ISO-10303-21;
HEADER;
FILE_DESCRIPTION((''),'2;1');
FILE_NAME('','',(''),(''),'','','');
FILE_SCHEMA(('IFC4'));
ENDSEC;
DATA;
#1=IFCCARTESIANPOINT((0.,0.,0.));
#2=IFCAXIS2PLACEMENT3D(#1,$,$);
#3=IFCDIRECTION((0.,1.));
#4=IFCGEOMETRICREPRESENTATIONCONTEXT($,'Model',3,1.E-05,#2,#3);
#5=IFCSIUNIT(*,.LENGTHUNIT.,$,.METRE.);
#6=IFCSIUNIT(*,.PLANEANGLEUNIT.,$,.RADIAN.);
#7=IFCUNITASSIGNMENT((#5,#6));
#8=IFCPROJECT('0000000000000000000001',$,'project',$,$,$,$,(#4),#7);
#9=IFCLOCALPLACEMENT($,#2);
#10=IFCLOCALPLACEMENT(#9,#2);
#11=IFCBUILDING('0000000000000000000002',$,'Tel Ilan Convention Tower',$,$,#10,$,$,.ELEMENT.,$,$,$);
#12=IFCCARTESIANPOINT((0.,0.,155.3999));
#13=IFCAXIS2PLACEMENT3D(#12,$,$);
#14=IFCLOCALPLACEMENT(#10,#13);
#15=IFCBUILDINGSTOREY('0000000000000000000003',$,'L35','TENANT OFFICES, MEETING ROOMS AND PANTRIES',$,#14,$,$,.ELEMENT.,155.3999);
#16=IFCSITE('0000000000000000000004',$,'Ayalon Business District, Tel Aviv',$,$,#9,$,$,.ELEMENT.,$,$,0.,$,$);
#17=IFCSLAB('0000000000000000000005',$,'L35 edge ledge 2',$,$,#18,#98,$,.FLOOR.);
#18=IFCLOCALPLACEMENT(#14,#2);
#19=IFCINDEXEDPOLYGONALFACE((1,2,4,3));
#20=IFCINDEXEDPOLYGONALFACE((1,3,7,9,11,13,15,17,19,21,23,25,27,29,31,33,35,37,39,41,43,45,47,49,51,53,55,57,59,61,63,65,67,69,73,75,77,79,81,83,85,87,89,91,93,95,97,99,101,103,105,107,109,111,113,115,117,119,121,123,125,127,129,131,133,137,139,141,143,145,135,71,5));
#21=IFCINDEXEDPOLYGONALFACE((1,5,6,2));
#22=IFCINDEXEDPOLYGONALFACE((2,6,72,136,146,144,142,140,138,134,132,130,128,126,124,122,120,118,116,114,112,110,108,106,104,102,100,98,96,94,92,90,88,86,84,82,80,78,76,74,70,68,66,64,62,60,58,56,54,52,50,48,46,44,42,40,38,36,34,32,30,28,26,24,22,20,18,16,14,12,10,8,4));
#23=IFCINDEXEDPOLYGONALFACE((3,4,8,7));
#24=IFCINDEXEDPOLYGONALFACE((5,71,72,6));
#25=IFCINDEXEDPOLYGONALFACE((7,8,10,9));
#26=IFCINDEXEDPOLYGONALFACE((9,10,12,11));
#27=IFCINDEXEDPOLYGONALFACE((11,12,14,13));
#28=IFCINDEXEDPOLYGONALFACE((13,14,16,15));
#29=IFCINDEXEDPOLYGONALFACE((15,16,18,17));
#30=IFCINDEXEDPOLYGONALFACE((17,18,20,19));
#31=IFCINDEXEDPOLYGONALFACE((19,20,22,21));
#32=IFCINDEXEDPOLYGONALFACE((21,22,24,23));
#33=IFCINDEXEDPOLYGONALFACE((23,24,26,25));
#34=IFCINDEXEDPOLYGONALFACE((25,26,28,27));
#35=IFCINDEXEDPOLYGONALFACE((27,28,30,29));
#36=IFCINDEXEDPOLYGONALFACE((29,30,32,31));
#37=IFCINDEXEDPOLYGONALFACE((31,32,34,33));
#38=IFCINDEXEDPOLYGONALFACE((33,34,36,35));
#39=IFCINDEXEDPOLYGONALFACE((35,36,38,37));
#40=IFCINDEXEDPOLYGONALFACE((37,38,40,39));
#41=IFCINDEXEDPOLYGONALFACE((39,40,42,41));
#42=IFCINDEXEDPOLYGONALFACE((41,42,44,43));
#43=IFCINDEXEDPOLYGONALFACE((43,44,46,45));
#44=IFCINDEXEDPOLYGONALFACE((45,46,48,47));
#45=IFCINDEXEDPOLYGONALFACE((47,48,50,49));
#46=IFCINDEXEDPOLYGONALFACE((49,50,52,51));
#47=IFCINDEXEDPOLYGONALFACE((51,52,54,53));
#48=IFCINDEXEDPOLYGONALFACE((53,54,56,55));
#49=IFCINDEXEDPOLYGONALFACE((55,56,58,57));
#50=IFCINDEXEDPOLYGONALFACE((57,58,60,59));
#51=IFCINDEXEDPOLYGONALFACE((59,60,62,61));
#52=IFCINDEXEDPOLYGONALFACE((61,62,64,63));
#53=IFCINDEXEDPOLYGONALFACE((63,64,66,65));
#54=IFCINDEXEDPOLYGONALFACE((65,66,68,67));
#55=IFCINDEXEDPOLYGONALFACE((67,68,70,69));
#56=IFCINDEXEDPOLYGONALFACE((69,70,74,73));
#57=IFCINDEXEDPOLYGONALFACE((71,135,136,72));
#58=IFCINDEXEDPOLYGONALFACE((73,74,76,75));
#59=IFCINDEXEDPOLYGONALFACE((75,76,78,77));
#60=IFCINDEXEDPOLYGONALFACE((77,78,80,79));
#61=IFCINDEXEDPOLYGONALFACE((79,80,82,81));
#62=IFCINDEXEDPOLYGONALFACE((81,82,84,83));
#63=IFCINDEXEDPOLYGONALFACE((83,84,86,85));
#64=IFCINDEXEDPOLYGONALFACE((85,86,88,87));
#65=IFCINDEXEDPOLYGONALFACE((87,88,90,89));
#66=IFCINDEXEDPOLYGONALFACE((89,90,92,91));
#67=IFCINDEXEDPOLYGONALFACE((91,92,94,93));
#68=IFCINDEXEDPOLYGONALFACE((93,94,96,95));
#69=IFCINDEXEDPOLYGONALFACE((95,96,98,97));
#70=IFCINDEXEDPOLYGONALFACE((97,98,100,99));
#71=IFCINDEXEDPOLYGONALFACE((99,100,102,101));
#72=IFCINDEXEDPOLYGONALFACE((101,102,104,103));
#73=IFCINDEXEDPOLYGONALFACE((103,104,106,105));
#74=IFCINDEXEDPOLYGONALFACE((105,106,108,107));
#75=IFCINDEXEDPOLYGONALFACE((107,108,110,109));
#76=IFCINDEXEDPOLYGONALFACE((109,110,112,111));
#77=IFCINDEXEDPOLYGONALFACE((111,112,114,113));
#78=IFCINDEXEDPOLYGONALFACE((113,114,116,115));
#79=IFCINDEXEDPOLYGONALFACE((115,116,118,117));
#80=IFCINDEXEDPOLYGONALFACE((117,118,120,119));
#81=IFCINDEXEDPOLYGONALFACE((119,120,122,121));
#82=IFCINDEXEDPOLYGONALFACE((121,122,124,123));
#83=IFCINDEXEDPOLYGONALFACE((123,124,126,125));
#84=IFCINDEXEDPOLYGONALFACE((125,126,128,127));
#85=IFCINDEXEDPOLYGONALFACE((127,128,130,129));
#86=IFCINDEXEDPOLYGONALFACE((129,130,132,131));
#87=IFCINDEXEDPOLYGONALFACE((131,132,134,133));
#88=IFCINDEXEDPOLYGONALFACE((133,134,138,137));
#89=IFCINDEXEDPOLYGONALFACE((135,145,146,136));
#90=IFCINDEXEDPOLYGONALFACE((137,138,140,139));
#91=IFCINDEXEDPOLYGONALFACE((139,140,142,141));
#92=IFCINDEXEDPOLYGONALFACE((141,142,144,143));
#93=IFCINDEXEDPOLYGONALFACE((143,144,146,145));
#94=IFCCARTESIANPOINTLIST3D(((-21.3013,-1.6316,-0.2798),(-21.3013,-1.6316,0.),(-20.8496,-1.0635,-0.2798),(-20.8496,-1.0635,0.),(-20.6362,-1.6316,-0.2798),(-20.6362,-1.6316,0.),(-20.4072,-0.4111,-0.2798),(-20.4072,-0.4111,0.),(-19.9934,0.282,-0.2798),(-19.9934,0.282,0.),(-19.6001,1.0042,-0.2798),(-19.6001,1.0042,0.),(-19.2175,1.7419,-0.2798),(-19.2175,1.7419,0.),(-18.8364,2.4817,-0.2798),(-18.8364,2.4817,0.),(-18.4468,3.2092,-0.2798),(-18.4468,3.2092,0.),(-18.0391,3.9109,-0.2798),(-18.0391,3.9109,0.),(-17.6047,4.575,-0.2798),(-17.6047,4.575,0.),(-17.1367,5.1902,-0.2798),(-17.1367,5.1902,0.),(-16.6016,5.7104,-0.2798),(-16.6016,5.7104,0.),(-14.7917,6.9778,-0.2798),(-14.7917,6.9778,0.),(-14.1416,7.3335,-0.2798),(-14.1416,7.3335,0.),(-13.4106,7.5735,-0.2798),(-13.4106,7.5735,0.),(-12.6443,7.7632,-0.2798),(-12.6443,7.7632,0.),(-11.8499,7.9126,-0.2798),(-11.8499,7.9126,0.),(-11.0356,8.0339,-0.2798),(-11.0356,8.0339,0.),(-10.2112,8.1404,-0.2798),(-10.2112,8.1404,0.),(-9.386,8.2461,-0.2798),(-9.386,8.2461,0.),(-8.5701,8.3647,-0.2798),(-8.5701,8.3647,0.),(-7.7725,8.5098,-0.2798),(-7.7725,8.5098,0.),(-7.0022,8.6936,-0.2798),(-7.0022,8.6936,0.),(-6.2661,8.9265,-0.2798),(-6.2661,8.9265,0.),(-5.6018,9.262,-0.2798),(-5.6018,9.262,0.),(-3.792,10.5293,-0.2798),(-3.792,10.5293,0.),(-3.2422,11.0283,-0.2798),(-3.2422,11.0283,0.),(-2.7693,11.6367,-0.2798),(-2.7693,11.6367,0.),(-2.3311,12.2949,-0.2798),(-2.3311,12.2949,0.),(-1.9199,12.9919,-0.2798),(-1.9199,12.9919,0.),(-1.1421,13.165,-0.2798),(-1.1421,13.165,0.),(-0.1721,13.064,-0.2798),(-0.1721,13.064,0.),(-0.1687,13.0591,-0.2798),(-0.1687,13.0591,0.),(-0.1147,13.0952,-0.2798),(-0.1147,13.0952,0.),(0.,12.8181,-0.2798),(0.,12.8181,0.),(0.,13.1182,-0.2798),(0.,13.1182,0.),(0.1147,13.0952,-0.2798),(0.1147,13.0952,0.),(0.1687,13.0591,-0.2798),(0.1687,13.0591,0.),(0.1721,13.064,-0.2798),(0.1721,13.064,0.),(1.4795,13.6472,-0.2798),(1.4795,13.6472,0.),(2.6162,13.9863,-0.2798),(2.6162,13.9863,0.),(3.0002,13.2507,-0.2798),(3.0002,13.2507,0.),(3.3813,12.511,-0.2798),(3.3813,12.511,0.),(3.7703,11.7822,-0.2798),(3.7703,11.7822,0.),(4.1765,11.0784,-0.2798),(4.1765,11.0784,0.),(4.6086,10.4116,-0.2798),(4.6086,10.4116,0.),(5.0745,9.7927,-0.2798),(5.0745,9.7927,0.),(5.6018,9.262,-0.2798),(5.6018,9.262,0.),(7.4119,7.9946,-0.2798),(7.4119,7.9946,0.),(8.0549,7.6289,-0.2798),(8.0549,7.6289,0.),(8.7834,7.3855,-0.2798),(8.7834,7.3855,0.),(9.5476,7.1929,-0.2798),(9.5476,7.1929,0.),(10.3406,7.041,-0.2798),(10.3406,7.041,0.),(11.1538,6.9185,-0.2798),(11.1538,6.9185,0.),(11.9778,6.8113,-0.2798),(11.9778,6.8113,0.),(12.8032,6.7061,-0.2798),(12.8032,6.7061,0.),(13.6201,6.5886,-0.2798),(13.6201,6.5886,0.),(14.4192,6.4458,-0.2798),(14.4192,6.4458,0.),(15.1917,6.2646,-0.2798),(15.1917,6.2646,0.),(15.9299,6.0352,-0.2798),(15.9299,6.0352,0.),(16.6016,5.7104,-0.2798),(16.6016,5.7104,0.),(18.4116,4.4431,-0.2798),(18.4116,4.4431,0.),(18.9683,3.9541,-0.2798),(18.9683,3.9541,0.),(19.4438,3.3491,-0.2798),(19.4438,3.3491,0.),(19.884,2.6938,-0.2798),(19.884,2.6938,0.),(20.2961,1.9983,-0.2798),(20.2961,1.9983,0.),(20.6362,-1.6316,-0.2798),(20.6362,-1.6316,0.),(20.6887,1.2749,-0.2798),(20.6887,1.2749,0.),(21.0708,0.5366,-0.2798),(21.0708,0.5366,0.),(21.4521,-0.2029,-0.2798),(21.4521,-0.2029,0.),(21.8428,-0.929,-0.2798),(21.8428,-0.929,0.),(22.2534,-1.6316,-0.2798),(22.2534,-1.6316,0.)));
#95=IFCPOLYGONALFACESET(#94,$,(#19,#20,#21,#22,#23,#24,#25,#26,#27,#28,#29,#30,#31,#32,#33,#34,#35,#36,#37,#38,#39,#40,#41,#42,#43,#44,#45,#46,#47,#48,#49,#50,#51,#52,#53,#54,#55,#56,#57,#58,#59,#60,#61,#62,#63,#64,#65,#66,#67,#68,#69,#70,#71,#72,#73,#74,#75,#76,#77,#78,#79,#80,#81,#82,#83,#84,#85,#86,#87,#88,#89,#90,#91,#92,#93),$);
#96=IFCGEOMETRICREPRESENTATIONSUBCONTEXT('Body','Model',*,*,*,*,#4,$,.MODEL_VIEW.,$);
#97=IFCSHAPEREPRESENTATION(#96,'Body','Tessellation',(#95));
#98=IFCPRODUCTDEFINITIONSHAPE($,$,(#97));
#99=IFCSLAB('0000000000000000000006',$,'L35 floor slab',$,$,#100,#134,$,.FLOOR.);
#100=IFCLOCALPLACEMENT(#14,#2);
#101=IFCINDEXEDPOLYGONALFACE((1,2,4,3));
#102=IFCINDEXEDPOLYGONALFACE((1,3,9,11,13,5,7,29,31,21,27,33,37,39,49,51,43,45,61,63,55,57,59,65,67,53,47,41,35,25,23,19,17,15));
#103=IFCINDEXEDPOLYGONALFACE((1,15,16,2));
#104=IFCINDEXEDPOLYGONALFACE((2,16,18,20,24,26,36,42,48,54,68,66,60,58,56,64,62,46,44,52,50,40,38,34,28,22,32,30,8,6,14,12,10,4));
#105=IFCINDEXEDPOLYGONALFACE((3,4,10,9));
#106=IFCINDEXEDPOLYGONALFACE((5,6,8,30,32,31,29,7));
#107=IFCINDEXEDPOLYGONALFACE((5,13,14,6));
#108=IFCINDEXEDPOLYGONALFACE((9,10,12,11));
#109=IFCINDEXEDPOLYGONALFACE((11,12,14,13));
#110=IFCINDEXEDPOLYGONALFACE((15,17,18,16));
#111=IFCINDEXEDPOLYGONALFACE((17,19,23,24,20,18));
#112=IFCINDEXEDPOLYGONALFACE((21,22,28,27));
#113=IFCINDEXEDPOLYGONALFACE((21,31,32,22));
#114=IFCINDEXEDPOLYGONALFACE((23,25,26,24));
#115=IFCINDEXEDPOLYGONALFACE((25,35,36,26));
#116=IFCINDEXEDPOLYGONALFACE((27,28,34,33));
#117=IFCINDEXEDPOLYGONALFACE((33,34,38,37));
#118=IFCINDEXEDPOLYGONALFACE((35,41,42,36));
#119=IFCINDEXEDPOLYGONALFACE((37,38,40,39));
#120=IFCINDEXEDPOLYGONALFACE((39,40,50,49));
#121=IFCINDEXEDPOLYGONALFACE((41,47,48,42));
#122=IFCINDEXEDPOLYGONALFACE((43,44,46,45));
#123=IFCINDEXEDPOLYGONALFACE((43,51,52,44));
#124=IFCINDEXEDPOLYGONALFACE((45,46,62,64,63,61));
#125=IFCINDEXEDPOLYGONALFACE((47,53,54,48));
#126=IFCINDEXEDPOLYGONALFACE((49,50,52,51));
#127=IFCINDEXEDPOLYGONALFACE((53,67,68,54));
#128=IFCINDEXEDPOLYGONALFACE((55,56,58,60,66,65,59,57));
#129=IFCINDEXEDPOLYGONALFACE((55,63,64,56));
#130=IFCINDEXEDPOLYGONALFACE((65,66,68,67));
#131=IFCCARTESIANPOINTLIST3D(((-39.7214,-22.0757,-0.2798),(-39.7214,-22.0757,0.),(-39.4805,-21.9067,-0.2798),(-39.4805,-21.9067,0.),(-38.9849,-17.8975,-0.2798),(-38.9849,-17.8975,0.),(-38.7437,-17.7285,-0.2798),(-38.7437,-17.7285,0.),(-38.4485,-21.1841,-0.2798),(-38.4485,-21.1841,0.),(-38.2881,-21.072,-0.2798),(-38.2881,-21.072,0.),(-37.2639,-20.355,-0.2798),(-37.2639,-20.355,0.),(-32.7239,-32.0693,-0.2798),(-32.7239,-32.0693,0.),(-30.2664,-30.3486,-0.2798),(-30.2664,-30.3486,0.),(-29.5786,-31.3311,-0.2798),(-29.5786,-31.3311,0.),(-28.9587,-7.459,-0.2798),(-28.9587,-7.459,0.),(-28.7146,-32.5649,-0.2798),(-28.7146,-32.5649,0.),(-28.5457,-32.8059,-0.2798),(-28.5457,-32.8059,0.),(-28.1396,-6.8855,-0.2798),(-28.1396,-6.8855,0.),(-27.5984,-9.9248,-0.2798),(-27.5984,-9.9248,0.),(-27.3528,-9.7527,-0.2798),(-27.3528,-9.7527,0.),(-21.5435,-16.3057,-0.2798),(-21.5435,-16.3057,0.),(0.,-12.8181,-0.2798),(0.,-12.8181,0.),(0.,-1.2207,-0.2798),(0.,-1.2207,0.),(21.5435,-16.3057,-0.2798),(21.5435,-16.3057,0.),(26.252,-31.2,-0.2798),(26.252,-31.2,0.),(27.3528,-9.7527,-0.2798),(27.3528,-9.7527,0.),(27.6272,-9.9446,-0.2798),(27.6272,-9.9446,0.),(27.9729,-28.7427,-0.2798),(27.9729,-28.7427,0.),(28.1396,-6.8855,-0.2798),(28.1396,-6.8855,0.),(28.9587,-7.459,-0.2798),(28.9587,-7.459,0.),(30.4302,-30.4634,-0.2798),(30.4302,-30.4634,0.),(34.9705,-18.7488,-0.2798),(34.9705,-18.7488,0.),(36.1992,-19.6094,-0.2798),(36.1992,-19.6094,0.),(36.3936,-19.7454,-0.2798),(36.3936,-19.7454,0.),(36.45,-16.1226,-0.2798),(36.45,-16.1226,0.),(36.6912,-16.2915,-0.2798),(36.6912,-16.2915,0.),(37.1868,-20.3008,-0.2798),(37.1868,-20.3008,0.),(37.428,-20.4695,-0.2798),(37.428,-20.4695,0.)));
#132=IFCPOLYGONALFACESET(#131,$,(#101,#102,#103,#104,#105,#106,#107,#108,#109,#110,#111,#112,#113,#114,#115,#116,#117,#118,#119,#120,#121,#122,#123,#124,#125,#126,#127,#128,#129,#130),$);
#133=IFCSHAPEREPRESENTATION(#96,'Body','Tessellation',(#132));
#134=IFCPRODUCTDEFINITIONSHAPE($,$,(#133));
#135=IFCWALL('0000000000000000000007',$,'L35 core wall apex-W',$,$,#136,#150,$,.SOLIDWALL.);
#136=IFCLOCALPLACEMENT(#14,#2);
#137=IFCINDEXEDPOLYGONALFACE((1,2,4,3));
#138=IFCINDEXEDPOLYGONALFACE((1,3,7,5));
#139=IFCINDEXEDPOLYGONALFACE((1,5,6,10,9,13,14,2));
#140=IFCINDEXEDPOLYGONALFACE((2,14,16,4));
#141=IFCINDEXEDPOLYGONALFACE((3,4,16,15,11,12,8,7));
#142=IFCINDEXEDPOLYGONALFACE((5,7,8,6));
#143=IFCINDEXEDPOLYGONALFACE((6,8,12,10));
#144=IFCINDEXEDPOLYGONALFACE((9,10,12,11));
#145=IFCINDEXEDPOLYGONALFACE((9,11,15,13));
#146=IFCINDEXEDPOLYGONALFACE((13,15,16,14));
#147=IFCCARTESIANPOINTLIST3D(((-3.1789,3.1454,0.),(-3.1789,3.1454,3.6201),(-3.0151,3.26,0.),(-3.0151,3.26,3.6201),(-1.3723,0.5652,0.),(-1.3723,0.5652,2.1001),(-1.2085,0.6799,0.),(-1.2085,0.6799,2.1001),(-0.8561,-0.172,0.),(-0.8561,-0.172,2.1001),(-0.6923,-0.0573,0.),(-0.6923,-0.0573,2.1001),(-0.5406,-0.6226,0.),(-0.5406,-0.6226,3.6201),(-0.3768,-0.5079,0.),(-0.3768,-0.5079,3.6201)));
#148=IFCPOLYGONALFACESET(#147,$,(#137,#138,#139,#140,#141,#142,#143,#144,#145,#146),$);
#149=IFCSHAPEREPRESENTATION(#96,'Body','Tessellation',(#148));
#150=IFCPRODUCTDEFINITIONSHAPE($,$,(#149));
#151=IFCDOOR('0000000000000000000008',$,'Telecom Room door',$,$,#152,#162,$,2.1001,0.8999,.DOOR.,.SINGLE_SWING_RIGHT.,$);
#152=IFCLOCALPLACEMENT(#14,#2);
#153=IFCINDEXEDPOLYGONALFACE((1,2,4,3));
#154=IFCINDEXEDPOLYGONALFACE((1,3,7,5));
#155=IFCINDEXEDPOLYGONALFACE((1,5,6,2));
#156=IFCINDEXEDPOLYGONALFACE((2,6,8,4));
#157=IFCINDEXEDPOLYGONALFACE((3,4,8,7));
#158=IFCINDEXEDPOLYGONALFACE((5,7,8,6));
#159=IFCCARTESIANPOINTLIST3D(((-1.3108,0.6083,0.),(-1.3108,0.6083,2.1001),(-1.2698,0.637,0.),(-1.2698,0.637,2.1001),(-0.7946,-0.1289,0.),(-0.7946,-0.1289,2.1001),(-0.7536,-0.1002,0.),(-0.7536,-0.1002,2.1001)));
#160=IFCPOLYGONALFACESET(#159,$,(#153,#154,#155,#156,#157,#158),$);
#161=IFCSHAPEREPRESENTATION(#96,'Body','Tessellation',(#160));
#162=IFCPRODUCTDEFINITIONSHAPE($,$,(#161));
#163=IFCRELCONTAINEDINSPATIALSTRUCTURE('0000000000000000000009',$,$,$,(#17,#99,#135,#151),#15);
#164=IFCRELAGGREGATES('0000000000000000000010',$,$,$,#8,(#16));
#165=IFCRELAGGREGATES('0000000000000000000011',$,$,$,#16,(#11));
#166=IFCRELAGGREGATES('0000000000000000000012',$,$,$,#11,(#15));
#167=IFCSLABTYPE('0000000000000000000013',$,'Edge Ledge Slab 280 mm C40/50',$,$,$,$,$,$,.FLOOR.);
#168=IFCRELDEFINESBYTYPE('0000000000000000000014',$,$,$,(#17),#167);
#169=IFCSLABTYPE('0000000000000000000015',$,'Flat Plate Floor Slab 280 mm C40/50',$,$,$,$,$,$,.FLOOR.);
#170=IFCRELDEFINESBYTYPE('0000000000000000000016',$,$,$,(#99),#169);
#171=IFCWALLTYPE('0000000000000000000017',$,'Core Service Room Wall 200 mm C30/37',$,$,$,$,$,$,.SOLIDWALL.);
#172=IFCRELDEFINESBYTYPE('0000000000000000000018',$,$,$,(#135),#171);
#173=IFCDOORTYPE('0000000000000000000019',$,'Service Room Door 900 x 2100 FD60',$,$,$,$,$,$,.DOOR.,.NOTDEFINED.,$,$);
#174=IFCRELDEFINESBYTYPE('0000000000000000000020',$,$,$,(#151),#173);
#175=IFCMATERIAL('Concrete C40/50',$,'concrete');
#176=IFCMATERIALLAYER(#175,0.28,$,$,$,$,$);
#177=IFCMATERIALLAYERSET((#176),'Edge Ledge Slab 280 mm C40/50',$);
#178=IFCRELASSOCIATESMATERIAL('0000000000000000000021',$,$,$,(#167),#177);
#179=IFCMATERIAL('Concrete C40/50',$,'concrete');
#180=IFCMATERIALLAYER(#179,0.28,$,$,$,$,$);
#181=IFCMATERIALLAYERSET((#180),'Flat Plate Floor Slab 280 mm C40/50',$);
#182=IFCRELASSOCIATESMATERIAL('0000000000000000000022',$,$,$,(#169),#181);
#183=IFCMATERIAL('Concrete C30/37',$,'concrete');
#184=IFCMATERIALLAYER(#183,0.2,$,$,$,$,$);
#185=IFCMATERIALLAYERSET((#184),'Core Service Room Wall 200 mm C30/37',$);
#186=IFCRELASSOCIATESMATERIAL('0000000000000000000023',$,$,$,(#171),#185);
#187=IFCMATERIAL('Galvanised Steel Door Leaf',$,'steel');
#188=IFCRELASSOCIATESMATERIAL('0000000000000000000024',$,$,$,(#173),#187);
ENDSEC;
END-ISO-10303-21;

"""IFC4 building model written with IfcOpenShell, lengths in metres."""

from ifc_helpers import new_model, si_unit, direction, frame, frame_2d, origin, place, context, subcontext, project, spatial, polyline, rectangle, outline, extrude, material, layer, layer_set, type_object, element, fill, save


model = new_model("IFC4")

# Units and contexts
model_context = context("Model", 3, precision=1e-05, world=origin(), true_north=direction((0.0, 1.0)))
body_context = subcontext(model_context, "Body", "Model", "MODEL_VIEW")
ifc_project = project(units=[si_unit("LENGTHUNIT", "METRE"), si_unit("PLANEANGLEUNIT", "RADIAN")], contexts=[model_context])

# Site, building, storey
site_placement = place(None, origin())
site = spatial("IfcSite", under=ifc_project, at=site_placement, Name="Ayalon Business District, Tel Aviv", CompositionType="ELEMENT", RefElevation=0.0)
building_placement = place(site_placement, origin())
building = spatial("IfcBuilding", under=site, at=building_placement, Name="Tel Ilan Convention Tower", CompositionType="ELEMENT")
storey_placement = place(building_placement, frame((0.0, 0.0, 155.3999)))
storey = spatial("IfcBuildingStorey", under=building, at=storey_placement, Name="L35", Description="TENANT OFFICES, MEETING ROOMS AND PANTRIES", CompositionType="ELEMENT", Elevation=155.3999)

# Slabs
ifc_material_1 = material(Name="Concrete C40/50", Category="concrete")
ifc_layer_1 = layer(ifc_material_1, 0.28)
ifc_layer_set_1 = layer_set([ifc_layer_1], Name="Edge Ledge Slab 280 mm C40/50")
slab_type_1 = type_object("IfcSlabType", Name="Edge Ledge Slab 280 mm C40/50", PredefinedType="FLOOR", material=ifc_layer_set_1)
slab_1_placement = place(storey_placement, frame((0.0, 0.0, -0.2798)))
element("IfcSlab", 1, at=slab_1_placement, inside=storey, type_object=slab_type_1, Name="L35 edge ledge 2", PredefinedType="FLOOR", context=body_context, shape_type="SweptSolid", body=[
    extrude(outline(polyline([(-19.6001, 1.0042), (-19.2175, 1.7419), (-18.8364, 2.4817), (-18.4468, 3.2092), (-18.0391, 3.9109), (-17.6047, 4.575), (-17.1367, 5.1902), (-16.6016, 5.7104), (-14.7917, 6.9778), (-14.1416, 7.3335), (-13.4106, 7.5735), (-12.6443, 7.7632), (-11.8499, 7.9126), (-11.0356, 8.0339), (-10.2112, 8.1404), (-9.386, 8.2461), (-8.5701, 8.3647), (-7.7725, 8.5098), (-7.0022, 8.6936), (-6.2661, 8.9265), (-5.6018, 9.262), (-3.792, 10.5293), (-3.2422, 11.0283), (-2.7693, 11.6367), (-2.3311, 12.2949), (-1.9199, 12.9919), (-1.1421, 13.165), (-0.1721, 13.064), (-0.1687, 13.0591), (-0.1147, 13.0952), (0.0, 13.1182), (0.1147, 13.0952), (0.1687, 13.0591), (0.1721, 13.064), (1.4795, 13.6472), (2.6162, 13.9863), (3.0002, 13.2507), (3.3813, 12.511), (3.7703, 11.7822), (4.1765, 11.0784), (4.6086, 10.4116), (5.0745, 9.7927), (5.6018, 9.262), (7.4119, 7.9946), (8.0549, 7.6289), (8.7834, 7.3855), (9.5476, 7.1929), (10.3406, 7.041), (11.1538, 6.9185), (11.9778, 6.8113), (12.8032, 6.7061), (13.6201, 6.5886), (14.4192, 6.4458), (15.1917, 6.2646), (15.9299, 6.0352), (16.6016, 5.7104), (18.4116, 4.4431), (18.9683, 3.9541), (19.4438, 3.3491), (19.884, 2.6938), (20.2961, 1.9983), (20.6887, 1.2749), (21.0708, 0.5366), (21.4521, -0.2029), (21.8428, -0.929), (22.2534, -1.6316), (20.6362, -1.6316), (0.0, 12.8181), (-20.6362, -1.6316), (-21.3013, -1.6316), (-20.8496, -1.0635), (-20.4072, -0.4111), (-19.9934, 0.282), (-19.6001, 1.0042)])), origin(), (0.0, 0.0, 1.0), 0.2798),
])
ifc_material_2 = material(Name="Concrete C40/50", Category="concrete")
ifc_layer_2 = layer(ifc_material_2, 0.28)
ifc_layer_set_2 = layer_set([ifc_layer_2], Name="Flat Plate Floor Slab 280 mm C40/50")
slab_type_2 = type_object("IfcSlabType", Name="Flat Plate Floor Slab 280 mm C40/50", PredefinedType="FLOOR", material=ifc_layer_set_2)
slab_2_placement = place(storey_placement, frame((0.0, 0.0, -0.2798)))
element("IfcSlab", 2, at=slab_2_placement, inside=storey, type_object=slab_type_2, Name="L35 floor slab", PredefinedType="FLOOR", context=body_context, shape_type="SweptSolid", body=[
    extrude(outline(polyline([(37.1868, -20.3008), (37.428, -20.4695), (30.4302, -30.4634), (27.9729, -28.7427), (26.252, -31.2), (0.0, -12.8181), (-28.5457, -32.8059), (-28.7146, -32.5649), (-29.5786, -31.3311), (-30.2664, -30.3486), (-32.7239, -32.0693), (-39.7214, -22.0757), (-39.4805, -21.9067), (-38.4485, -21.1841), (-38.2881, -21.072), (-37.2639, -20.355), (-38.9849, -17.8975), (-38.7437, -17.7285), (-27.5984, -9.9248), (-27.3528, -9.7527), (-28.9587, -7.459), (-28.1396, -6.8855), (-21.5435, -16.3057), (0.0, -1.2207), (21.5435, -16.3057), (28.1396, -6.8855), (28.9587, -7.459), (27.3528, -9.7527), (27.6272, -9.9446), (36.45, -16.1226), (36.6912, -16.2915), (34.9705, -18.7488), (36.1992, -19.6094), (36.3936, -19.7454), (37.1868, -20.3008)])), origin(), (0.0, 0.0, 1.0), 0.2798),
])

# Wall, opening, door
ifc_material_3 = material(Name="Concrete C30/37", Category="concrete")
ifc_layer_3 = layer(ifc_material_3, 0.2)
ifc_layer_set_3 = layer_set([ifc_layer_3], Name="Core Service Room Wall 200 mm C30/37")
wall_type_1 = type_object("IfcWallType", Name="Core Service Room Wall 200 mm C30/37", PredefinedType="SOLIDWALL", material=ifc_layer_set_3)
wall_1_placement = place(storey_placement, frame((-0.4587, -0.5652, 0.0), z_axis=(0.0, 0.0, 1.0), x_axis=(-0.573576, 0.819152, 0.0)))
wall_1 = element("IfcWall", 3, at=wall_1_placement, inside=storey, type_object=wall_type_1, Name="L35 core wall apex-W", PredefinedType="SOLIDWALL", context=body_context, shape_type="SweptSolid", body=[
    extrude(rectangle(XDim=4.5999, YDim=0.2, at=frame_2d((2.2998, 0.0))), origin(), (0.0, 0.0, 1.0), 3.6201),
])
opening_1_placement = place(wall_1_placement, frame((0.55, 0.0, 0.0)))
opening_1 = element("IfcOpeningElement", 4, at=opening_1_placement, cuts=wall_1, PredefinedType="OPENING", context=body_context, shape_type="SweptSolid", body=[
    extrude(rectangle(XDim=0.8999, YDim=2.1001, at=frame_2d((0.45, 1.05))), frame((0.0, 0.1099, 0.0), z_axis=(0.0, -1.0, 0.0), x_axis=(1.0, 0.0, 0.0)), (0.0, 0.0, 1.0), 0.22),
])
ifc_material_4 = material(Name="Galvanised Steel Door Leaf", Category="steel")
door_type_1 = type_object("IfcDoorType", Name="Service Room Door 900 x 2100 FD60", OperationType="NOTDEFINED", PredefinedType="DOOR", material=ifc_material_4)
door_1_placement = place(opening_1_placement, origin())
door_1 = element("IfcDoor", 5, at=door_1_placement, inside=storey, type_object=door_type_1, Name="Telecom Room door", OperationType="SINGLE_SWING_RIGHT", OverallHeight=2.1001, OverallWidth=0.8999, PredefinedType="DOOR", context=body_context, shape_type="SweptSolid", body=[
    extrude(rectangle(XDim=0.8999, YDim=2.1001, at=frame_2d((0.45, 1.05))), frame((0.0, 0.0249, 0.0), z_axis=(0.0, -1.0, 0.0), x_axis=(1.0, 0.0, 0.0)), (0.0, 0.0, 1.0), 0.05),
])
fill(opening_1, door_1)

save(model, "model.ifc")
